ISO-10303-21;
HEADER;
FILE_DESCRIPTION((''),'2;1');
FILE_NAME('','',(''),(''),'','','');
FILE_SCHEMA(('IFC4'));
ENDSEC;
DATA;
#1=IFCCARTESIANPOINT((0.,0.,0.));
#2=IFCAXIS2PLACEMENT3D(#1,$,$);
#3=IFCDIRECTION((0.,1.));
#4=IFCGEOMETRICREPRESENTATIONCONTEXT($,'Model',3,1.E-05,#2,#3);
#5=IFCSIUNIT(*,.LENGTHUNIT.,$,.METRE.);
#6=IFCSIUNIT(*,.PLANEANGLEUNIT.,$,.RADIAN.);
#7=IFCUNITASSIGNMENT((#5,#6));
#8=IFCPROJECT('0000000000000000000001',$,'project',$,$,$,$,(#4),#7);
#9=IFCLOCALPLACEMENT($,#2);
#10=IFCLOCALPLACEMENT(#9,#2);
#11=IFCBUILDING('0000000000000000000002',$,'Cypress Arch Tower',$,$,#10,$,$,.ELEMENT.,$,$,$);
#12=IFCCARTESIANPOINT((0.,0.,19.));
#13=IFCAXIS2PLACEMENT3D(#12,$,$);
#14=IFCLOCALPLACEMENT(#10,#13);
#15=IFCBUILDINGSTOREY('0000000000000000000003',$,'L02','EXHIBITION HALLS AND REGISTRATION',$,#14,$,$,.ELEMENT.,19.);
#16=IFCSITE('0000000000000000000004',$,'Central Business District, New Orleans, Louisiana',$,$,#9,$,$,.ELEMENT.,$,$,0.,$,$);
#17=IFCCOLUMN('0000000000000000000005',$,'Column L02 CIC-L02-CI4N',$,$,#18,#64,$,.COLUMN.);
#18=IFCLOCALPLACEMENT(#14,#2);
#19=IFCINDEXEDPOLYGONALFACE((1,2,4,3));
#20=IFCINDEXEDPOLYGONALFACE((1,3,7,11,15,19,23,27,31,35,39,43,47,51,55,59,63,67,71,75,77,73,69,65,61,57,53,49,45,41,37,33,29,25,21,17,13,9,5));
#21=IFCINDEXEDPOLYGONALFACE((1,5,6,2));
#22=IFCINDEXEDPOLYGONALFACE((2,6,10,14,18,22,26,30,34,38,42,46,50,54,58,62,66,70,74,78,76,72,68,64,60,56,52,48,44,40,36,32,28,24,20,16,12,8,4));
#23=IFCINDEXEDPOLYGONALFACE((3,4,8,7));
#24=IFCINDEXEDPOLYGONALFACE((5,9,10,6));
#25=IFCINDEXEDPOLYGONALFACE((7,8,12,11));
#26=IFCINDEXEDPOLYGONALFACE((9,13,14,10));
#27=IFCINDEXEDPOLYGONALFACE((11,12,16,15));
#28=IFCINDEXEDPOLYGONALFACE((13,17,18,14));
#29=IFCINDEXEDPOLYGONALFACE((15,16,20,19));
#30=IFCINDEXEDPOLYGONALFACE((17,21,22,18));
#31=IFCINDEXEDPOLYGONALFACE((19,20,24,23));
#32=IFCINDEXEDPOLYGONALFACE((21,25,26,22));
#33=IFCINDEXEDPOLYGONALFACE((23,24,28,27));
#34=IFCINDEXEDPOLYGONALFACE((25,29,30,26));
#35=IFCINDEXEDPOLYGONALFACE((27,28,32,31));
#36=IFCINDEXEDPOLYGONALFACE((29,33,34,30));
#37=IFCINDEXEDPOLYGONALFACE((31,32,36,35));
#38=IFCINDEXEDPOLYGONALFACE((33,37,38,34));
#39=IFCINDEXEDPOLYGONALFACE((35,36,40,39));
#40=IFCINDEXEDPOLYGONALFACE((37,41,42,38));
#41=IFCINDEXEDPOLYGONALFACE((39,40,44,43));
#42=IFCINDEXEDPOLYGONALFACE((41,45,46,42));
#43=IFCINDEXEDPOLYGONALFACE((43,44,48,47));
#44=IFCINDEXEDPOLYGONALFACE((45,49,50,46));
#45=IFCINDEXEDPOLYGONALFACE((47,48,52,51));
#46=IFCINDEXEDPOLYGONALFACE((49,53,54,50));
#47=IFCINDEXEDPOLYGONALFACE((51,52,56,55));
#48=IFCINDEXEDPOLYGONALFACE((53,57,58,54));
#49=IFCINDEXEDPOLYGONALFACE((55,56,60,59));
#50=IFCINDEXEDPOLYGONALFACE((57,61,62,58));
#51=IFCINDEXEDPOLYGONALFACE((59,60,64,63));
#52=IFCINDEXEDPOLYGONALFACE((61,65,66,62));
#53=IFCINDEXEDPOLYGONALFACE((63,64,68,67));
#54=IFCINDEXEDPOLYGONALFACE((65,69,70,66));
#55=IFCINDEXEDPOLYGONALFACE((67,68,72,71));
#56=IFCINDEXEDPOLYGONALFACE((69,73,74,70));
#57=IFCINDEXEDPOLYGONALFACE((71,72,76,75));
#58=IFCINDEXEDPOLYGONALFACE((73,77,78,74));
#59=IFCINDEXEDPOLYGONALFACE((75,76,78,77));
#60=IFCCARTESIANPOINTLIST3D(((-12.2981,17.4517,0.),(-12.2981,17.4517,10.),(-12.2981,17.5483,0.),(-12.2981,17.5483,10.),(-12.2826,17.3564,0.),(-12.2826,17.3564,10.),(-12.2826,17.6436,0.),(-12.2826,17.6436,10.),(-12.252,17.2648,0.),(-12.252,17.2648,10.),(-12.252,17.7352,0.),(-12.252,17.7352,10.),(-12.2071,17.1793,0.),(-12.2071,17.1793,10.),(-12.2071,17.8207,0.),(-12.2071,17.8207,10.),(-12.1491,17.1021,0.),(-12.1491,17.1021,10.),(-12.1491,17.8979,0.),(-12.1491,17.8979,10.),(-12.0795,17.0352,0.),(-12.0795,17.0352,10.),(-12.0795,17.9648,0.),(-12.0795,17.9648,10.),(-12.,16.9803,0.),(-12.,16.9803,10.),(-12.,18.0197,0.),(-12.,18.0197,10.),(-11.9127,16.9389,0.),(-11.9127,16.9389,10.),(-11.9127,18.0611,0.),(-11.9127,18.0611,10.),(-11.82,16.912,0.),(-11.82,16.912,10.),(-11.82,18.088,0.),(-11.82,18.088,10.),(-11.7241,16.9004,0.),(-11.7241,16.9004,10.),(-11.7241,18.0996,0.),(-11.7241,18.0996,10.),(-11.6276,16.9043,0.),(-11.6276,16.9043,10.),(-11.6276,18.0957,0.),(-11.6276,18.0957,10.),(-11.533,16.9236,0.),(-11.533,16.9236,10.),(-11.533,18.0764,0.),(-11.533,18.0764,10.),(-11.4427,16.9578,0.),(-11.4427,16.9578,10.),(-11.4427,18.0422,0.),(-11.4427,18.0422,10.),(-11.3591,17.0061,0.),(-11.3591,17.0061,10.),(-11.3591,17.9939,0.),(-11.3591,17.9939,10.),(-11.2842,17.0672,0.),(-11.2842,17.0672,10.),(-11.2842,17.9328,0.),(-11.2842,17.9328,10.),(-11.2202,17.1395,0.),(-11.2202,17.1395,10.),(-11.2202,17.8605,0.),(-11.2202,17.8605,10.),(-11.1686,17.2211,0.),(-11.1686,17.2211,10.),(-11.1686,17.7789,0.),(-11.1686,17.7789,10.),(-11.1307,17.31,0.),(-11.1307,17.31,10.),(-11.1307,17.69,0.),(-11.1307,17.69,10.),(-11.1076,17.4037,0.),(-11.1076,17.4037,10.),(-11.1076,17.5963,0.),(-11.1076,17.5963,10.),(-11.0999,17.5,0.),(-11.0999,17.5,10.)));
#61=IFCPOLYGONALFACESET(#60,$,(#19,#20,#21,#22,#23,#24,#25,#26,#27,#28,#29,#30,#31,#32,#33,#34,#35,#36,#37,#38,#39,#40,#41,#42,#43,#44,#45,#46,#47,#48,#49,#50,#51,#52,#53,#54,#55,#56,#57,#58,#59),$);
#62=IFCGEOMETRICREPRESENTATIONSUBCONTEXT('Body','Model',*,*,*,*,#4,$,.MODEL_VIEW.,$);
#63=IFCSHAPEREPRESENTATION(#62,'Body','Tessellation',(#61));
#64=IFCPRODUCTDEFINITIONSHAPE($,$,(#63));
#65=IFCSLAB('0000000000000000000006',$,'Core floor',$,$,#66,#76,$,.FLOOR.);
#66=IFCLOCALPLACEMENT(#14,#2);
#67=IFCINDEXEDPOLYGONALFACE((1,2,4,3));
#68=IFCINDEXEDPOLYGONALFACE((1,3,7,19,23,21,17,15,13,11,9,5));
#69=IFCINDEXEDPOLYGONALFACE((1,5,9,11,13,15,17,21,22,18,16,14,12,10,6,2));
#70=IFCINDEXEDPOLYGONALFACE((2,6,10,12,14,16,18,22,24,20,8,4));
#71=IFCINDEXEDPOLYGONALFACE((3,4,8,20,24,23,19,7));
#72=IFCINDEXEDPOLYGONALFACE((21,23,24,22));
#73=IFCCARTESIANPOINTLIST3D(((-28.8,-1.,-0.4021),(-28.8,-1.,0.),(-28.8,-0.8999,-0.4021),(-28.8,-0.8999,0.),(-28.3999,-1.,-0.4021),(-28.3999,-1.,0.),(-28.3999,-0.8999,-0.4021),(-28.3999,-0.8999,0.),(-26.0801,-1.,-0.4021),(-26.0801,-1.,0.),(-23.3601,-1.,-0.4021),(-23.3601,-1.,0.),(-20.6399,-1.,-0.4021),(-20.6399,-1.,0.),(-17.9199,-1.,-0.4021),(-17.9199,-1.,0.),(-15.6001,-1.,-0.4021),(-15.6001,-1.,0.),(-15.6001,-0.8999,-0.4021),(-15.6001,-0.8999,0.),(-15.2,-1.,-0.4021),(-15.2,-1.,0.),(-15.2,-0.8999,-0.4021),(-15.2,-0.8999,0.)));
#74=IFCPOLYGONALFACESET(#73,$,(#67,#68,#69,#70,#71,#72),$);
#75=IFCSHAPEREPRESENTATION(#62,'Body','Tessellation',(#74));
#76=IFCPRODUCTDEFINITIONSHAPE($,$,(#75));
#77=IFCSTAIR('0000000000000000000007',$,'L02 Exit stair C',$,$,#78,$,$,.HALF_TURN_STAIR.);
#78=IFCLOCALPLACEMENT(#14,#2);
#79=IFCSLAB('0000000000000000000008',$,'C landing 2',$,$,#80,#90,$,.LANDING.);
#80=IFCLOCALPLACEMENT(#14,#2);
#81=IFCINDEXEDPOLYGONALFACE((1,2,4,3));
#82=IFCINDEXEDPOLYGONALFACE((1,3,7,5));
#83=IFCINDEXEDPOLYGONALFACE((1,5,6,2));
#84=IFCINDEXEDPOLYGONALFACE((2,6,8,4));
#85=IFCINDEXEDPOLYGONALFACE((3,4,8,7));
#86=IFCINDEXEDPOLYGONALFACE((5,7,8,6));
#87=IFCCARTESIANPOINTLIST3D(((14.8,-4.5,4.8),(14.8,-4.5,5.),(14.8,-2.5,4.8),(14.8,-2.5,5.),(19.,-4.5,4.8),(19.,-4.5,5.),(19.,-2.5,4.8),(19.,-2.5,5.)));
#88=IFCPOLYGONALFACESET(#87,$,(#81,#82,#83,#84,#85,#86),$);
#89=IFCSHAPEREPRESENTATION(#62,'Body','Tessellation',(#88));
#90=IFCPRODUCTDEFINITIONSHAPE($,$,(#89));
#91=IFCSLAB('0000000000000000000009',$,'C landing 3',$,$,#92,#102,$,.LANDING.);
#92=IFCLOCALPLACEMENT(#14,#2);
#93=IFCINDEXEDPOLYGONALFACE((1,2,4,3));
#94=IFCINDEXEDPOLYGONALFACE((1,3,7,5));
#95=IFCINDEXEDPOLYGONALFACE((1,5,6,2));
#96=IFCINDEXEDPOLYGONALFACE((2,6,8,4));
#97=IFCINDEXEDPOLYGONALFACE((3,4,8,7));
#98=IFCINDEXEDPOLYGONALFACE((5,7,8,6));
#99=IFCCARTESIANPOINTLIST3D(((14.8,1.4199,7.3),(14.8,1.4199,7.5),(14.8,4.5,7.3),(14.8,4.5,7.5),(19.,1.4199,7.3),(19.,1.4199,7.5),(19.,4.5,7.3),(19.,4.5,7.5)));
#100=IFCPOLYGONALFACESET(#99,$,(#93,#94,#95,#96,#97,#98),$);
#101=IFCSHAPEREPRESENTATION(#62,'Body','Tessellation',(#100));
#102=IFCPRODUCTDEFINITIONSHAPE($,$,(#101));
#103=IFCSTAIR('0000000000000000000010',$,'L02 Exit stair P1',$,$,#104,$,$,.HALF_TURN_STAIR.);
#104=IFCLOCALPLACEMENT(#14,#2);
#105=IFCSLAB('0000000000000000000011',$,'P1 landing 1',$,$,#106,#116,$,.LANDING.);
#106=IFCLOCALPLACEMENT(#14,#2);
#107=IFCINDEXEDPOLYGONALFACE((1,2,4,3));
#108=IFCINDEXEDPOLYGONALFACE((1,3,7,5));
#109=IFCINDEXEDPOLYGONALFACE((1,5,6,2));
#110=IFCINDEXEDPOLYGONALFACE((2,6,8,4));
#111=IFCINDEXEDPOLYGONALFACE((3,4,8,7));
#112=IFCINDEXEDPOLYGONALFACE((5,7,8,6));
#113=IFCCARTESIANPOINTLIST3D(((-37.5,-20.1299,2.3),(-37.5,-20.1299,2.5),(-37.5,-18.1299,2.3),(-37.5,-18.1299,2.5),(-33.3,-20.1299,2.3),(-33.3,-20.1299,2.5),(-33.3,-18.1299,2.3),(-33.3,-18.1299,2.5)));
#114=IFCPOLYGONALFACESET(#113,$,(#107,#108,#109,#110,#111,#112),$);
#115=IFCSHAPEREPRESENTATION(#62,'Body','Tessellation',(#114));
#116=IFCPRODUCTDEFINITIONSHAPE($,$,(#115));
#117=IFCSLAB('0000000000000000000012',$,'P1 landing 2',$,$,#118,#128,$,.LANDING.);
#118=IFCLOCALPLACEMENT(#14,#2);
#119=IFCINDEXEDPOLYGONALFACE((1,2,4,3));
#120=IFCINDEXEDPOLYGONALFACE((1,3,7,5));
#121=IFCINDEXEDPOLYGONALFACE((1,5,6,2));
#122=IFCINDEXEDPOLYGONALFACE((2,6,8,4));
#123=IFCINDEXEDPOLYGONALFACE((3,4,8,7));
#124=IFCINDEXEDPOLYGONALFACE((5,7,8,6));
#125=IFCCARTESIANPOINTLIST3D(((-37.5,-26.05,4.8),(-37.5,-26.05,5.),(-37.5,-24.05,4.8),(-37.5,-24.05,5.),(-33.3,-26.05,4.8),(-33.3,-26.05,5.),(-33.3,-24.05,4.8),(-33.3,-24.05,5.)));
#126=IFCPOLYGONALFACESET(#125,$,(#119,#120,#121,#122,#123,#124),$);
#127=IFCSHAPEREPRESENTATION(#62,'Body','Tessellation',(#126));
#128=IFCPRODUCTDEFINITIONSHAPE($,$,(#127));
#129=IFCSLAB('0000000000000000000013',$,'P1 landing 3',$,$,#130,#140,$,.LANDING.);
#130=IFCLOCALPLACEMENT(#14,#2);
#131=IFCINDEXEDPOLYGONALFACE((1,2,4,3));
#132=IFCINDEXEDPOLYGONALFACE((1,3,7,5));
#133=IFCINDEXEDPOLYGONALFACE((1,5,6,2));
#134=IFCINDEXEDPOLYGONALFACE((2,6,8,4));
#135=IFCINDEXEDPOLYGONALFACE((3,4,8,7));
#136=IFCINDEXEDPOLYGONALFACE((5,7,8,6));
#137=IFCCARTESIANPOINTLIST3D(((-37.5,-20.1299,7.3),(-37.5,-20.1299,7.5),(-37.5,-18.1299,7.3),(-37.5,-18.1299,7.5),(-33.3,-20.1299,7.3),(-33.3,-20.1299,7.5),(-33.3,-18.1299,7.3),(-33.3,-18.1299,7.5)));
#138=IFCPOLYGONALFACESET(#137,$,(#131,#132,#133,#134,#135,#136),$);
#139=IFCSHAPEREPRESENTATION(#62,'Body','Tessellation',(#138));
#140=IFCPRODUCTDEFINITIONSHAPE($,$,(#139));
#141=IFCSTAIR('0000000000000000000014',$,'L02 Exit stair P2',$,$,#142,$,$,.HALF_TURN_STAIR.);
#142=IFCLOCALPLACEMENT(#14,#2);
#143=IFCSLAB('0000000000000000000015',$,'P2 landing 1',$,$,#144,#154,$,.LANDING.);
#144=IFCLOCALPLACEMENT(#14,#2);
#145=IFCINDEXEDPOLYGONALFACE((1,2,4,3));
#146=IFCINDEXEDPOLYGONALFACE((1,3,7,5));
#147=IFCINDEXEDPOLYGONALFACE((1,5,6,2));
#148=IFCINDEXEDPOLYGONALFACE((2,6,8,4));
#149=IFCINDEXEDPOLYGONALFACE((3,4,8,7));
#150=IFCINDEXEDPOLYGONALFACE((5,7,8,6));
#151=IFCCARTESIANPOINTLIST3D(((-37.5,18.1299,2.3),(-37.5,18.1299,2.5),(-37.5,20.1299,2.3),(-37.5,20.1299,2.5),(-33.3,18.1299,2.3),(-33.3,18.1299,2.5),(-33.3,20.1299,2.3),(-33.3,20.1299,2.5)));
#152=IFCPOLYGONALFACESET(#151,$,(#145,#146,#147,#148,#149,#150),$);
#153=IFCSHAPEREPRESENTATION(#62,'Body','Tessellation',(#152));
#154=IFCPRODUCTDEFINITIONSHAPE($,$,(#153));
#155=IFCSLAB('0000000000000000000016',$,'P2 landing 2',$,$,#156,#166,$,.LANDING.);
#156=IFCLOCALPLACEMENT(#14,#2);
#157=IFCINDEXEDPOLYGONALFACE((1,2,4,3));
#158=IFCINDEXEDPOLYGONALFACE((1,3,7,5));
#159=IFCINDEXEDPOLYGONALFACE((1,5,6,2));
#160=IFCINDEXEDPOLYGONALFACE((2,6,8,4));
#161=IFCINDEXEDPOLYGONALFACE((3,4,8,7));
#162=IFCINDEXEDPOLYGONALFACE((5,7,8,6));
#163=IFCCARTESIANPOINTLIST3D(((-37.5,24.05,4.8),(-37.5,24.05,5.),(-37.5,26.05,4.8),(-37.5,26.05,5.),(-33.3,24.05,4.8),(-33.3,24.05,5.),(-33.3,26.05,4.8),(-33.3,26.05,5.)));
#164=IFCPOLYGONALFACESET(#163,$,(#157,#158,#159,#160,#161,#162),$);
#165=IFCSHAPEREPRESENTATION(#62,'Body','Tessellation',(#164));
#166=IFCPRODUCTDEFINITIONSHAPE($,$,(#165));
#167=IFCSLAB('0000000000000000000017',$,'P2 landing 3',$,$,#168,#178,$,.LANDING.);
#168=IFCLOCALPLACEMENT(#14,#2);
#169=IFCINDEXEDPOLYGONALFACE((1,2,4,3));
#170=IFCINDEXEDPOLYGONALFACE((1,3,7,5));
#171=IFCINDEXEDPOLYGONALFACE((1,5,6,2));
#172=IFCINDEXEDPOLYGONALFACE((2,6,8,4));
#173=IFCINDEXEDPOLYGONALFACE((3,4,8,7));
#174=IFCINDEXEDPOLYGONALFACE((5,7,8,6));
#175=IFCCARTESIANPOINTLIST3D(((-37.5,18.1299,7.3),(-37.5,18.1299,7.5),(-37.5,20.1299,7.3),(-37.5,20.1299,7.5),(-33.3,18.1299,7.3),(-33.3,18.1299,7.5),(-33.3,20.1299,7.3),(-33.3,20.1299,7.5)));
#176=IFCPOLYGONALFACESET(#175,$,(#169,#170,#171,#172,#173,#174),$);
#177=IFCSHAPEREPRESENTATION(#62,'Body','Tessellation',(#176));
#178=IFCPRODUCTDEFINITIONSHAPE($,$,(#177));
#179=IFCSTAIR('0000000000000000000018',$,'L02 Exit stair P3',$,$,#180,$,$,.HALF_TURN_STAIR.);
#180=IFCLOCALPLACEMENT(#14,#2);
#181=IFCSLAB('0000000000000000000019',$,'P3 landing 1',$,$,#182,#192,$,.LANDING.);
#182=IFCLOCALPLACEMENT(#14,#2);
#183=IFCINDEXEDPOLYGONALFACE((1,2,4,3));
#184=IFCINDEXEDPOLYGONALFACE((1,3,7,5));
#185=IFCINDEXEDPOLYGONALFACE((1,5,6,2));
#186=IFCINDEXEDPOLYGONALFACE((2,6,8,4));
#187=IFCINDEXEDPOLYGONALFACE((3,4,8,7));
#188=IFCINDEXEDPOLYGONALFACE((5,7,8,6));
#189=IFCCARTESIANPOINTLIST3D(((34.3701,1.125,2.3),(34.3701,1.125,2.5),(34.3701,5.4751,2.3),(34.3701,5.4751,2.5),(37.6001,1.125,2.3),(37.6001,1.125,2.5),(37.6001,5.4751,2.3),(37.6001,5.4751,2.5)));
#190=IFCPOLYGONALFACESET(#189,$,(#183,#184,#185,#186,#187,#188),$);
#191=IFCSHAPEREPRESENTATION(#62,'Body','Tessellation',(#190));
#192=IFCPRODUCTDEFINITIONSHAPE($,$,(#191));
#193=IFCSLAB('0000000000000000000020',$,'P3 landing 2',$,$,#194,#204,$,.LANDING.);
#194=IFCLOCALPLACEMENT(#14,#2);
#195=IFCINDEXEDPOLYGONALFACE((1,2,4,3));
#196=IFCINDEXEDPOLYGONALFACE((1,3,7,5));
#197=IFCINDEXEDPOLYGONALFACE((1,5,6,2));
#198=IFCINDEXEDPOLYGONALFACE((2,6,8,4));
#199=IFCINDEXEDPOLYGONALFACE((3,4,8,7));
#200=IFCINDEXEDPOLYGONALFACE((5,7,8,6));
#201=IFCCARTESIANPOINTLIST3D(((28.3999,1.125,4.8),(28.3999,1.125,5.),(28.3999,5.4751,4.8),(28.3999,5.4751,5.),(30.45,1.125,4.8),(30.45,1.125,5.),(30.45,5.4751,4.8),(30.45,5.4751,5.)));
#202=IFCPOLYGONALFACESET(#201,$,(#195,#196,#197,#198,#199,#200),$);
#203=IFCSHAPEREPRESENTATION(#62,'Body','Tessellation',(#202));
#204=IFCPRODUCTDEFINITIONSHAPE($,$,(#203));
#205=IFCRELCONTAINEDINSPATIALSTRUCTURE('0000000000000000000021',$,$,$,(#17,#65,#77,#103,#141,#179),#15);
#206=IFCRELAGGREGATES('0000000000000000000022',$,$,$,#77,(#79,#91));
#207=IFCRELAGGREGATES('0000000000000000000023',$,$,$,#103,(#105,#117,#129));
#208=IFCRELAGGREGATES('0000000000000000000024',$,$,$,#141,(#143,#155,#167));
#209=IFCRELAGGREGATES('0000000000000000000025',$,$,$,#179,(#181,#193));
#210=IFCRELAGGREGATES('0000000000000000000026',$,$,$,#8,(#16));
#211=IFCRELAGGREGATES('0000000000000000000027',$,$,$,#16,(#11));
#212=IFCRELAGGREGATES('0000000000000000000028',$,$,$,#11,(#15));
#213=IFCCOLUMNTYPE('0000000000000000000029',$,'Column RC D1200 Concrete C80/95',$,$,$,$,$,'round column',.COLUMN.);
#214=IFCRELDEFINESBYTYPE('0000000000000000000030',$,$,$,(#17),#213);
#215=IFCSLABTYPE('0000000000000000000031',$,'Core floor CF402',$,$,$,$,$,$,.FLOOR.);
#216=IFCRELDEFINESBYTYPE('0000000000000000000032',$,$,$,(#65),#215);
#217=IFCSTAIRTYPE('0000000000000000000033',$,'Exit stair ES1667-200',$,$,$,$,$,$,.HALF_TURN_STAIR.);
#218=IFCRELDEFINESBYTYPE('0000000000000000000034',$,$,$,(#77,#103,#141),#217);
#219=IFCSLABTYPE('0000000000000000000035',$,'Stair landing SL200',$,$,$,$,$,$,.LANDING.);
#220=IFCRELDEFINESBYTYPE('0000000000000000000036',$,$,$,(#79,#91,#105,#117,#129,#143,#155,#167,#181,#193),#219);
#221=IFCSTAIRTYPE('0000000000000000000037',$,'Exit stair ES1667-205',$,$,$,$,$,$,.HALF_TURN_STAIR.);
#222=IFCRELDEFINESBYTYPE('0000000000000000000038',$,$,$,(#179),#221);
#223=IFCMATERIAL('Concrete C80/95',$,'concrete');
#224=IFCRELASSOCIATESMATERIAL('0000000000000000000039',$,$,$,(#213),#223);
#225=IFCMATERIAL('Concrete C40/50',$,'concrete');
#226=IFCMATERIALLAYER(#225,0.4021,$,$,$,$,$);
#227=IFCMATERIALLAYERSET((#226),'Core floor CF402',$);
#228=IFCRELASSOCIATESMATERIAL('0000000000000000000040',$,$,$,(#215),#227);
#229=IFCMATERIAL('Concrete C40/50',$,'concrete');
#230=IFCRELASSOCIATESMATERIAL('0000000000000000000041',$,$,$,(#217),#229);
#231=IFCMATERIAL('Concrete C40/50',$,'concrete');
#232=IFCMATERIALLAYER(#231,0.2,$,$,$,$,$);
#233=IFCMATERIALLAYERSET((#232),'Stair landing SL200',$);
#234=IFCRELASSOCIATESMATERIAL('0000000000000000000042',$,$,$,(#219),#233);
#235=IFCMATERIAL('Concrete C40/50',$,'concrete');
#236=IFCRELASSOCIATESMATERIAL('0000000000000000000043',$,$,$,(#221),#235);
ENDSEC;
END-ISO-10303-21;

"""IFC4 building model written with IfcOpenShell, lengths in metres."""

from ifc_helpers import new_model, si_unit, direction, frame, origin, origin_2d, place, context, subcontext, project, spatial, polyline, circle, outline, extrude, material, layer, layer_set, material_profile, profile_set, type_object, element, aggregate, save


model = new_model("IFC4")

# Units and contexts
model_context = context("Model", 3, precision=1e-05, world=origin(), true_north=direction((0.0, 1.0)))
body_context = subcontext(model_context, "Body", "Model", "MODEL_VIEW")
ifc_project = project(units=[si_unit("LENGTHUNIT", "METRE"), si_unit("PLANEANGLEUNIT", "RADIAN")], contexts=[model_context])

# Site, building, storey
site_placement = place(None, origin())
site = spatial("IfcSite", under=ifc_project, at=site_placement, Name="Central Business District, New Orleans, Louisiana", CompositionType="ELEMENT", RefElevation=0.0)
building_placement = place(site_placement, origin())
building = spatial("IfcBuilding", under=site, at=building_placement, Name="Cypress Arch Tower", CompositionType="ELEMENT")
storey_placement = place(building_placement, frame((0.0, 0.0, 19.0)))
storey = spatial("IfcBuildingStorey", under=building, at=storey_placement, Name="L02", Description="EXHIBITION HALLS AND REGISTRATION", CompositionType="ELEMENT", Elevation=19.0)

# Column
ifc_material_1 = material(Name="Concrete C80/95", Category="concrete")
ifc_material_profile = material_profile(ifc_material_1, circle(Radius=0.6001, at=origin_2d()), Name="RC D1200")
ifc_profile_set = profile_set([ifc_material_profile], Name="Concrete C80/95")
column_type = type_object("IfcColumnType", Name="Column RC D1200 Concrete C80/95", ElementType="round column", PredefinedType="COLUMN", material=ifc_profile_set)
column_placement = place(storey_placement, frame((-11.7, 17.5, 0.0), z_axis=(0.0, 0.0, 1.0), x_axis=(1.0, 0.0, 0.0)))
element("IfcColumn", 1, at=column_placement, inside=storey, type_object=column_type, Name="Column L02 CIC-L02-CI4N", PredefinedType="COLUMN", context=body_context, shape_type="SweptSolid", body=[
    extrude(circle(Radius=0.6001, at=origin_2d()), origin(), (0.0, 0.0, 1.0), 10.0),
])

# Slab
ifc_material_2 = material(Name="Concrete C40/50", Category="concrete")
ifc_layer_1 = layer(ifc_material_2, 0.4021)
ifc_layer_set_1 = layer_set([ifc_layer_1], Name="Core floor CF402")
slab_type_1 = type_object("IfcSlabType", Name="Core floor CF402", PredefinedType="FLOOR", material=ifc_layer_set_1)
slab_1_placement = place(storey_placement, frame((0.0, 0.0, -0.4021)))
element("IfcSlab", 2, at=slab_1_placement, inside=storey, type_object=slab_type_1, Name="Core floor", PredefinedType="FLOOR", context=body_context, shape_type="SweptSolid", body=[
    extrude(outline(polyline([(-20.6399, -1.0), (-23.3601, -1.0), (-26.0801, -1.0), (-28.3999, -1.0), (-28.8, -1.0), (-28.8, -0.8999), (-28.3999, -0.8999), (-15.6001, -0.8999), (-15.2, -0.8999), (-15.2, -1.0), (-15.6001, -1.0), (-17.9199, -1.0), (-20.6399, -1.0)])), origin(), (0.0, 0.0, 1.0), 0.4021),
])

# Stairs, slabs
ifc_material_3 = material(Name="Concrete C40/50", Category="concrete")
stair_type_1 = type_object("IfcStairType", Name="Exit stair ES1667-200", PredefinedType="HALF_TURN_STAIR", material=ifc_material_3)
stair_1_placement = place(storey_placement, origin())
stair_1 = element("IfcStair", 3, at=stair_1_placement, inside=storey, type_object=stair_type_1, Name="L02 Exit stair C", PredefinedType="HALF_TURN_STAIR")
ifc_material_4 = material(Name="Concrete C40/50", Category="concrete")
ifc_layer_2 = layer(ifc_material_4, 0.2)
ifc_layer_set_2 = layer_set([ifc_layer_2], Name="Stair landing SL200")
slab_type_2 = type_object("IfcSlabType", Name="Stair landing SL200", PredefinedType="LANDING", material=ifc_layer_set_2)
slab_2_placement = place(storey_placement, frame((0.0, 0.0, 4.8)))
slab_2 = element("IfcSlab", 4, at=slab_2_placement, type_object=slab_type_2, Name="C landing 2", PredefinedType="LANDING", context=body_context, shape_type="SweptSolid", body=[
    extrude(outline(polyline([(19.0, -4.5), (19.0, -2.5), (14.8, -2.5), (14.8, -4.5), (19.0, -4.5)])), origin(), (0.0, 0.0, 1.0), 0.2),
])
slab_3_placement = place(storey_placement, frame((0.0, 0.0, 7.3)))
slab_3 = element("IfcSlab", 5, at=slab_3_placement, type_object=slab_type_2, Name="C landing 3", PredefinedType="LANDING", context=body_context, shape_type="SweptSolid", body=[
    extrude(outline(polyline([(19.0, 1.4199), (19.0, 4.5), (14.8, 4.5), (14.8, 1.4199), (19.0, 1.4199)])), origin(), (0.0, 0.0, 1.0), 0.2),
])
aggregate(stair_1, [slab_2, slab_3])
stair_2_placement = place(storey_placement, origin())
stair_2 = element("IfcStair", 6, at=stair_2_placement, inside=storey, type_object=stair_type_1, Name="L02 Exit stair P1", PredefinedType="HALF_TURN_STAIR")
slab_4_placement = place(storey_placement, frame((0.0, 0.0, 2.3)))
slab_4 = element("IfcSlab", 7, at=slab_4_placement, type_object=slab_type_2, Name="P1 landing 1", PredefinedType="LANDING", context=body_context, shape_type="SweptSolid", body=[
    extrude(outline(polyline([(-33.3, -20.1299), (-33.3, -18.1299), (-37.5, -18.1299), (-37.5, -20.1299), (-33.3, -20.1299)])), origin(), (0.0, 0.0, 1.0), 0.2),
])
slab_5_placement = place(storey_placement, frame((0.0, 0.0, 4.8)))
slab_5 = element("IfcSlab", 8, at=slab_5_placement, type_object=slab_type_2, Name="P1 landing 2", PredefinedType="LANDING", context=body_context, shape_type="SweptSolid", body=[
    extrude(outline(polyline([(-33.3, -26.05), (-33.3, -24.05), (-37.5, -24.05), (-37.5, -26.05), (-33.3, -26.05)])), origin(), (0.0, 0.0, 1.0), 0.2),
])
slab_6_placement = place(storey_placement, frame((0.0, 0.0, 7.3)))
slab_6 = element("IfcSlab", 9, at=slab_6_placement, type_object=slab_type_2, Name="P1 landing 3", PredefinedType="LANDING", context=body_context, shape_type="SweptSolid", body=[
    extrude(outline(polyline([(-33.3, -20.1299), (-33.3, -18.1299), (-37.5, -18.1299), (-37.5, -20.1299), (-33.3, -20.1299)])), origin(), (0.0, 0.0, 1.0), 0.2),
])
aggregate(stair_2, [slab_4, slab_5, slab_6])
stair_3_placement = place(storey_placement, origin())
stair_3 = element("IfcStair", 10, at=stair_3_placement, inside=storey, type_object=stair_type_1, Name="L02 Exit stair P2", PredefinedType="HALF_TURN_STAIR")
slab_7_placement = place(storey_placement, frame((0.0, 0.0, 2.3)))
slab_7 = element("IfcSlab", 11, at=slab_7_placement, type_object=slab_type_2, Name="P2 landing 1", PredefinedType="LANDING", context=body_context, shape_type="SweptSolid", body=[
    extrude(outline(polyline([(-37.5, 20.1299), (-37.5, 18.1299), (-33.3, 18.1299), (-33.3, 20.1299), (-37.5, 20.1299)])), origin(), (0.0, 0.0, 1.0), 0.2),
])
slab_8_placement = place(storey_placement, frame((0.0, 0.0, 4.8)))
slab_8 = element("IfcSlab", 12, at=slab_8_placement, type_object=slab_type_2, Name="P2 landing 2", PredefinedType="LANDING", context=body_context, shape_type="SweptSolid", body=[
    extrude(outline(polyline([(-37.5, 26.05), (-37.5, 24.05), (-33.3, 24.05), (-33.3, 26.05), (-37.5, 26.05)])), origin(), (0.0, 0.0, 1.0), 0.2),
])
slab_9_placement = place(storey_placement, frame((0.0, 0.0, 7.3)))
slab_9 = element("IfcSlab", 13, at=slab_9_placement, type_object=slab_type_2, Name="P2 landing 3", PredefinedType="LANDING", context=body_context, shape_type="SweptSolid", body=[
    extrude(outline(polyline([(-37.5, 20.1299), (-37.5, 18.1299), (-33.3, 18.1299), (-33.3, 20.1299), (-37.5, 20.1299)])), origin(), (0.0, 0.0, 1.0), 0.2),
])
aggregate(stair_3, [slab_7, slab_8, slab_9])
ifc_material_5 = material(Name="Concrete C40/50", Category="concrete")
stair_type_2 = type_object("IfcStairType", Name="Exit stair ES1667-205", PredefinedType="HALF_TURN_STAIR", material=ifc_material_5)
stair_4_placement = place(storey_placement, origin())
stair_4 = element("IfcStair", 14, at=stair_4_placement, inside=storey, type_object=stair_type_2, Name="L02 Exit stair P3", PredefinedType="HALF_TURN_STAIR")
slab_10_placement = place(storey_placement, frame((0.0, 0.0, 2.3)))
slab_10 = element("IfcSlab", 15, at=slab_10_placement, type_object=slab_type_2, Name="P3 landing 1", PredefinedType="LANDING", context=body_context, shape_type="SweptSolid", body=[
    extrude(outline(polyline([(34.3701, 1.125), (37.6001, 1.125), (37.6001, 5.4751), (34.3701, 5.4751), (34.3701, 1.125)])), origin(), (0.0, 0.0, 1.0), 0.2),
])
slab_11_placement = place(storey_placement, frame((0.0, 0.0, 4.8)))
slab_11 = element("IfcSlab", 16, at=slab_11_placement, type_object=slab_type_2, Name="P3 landing 2", PredefinedType="LANDING", context=body_context, shape_type="SweptSolid", body=[
    extrude(outline(polyline([(28.3999, 1.125), (30.45, 1.125), (30.45, 5.4751), (28.3999, 5.4751), (28.3999, 1.125)])), origin(), (0.0, 0.0, 1.0), 0.2),
])
aggregate(stair_4, [slab_10, slab_11])

save(model, "model.ifc")
